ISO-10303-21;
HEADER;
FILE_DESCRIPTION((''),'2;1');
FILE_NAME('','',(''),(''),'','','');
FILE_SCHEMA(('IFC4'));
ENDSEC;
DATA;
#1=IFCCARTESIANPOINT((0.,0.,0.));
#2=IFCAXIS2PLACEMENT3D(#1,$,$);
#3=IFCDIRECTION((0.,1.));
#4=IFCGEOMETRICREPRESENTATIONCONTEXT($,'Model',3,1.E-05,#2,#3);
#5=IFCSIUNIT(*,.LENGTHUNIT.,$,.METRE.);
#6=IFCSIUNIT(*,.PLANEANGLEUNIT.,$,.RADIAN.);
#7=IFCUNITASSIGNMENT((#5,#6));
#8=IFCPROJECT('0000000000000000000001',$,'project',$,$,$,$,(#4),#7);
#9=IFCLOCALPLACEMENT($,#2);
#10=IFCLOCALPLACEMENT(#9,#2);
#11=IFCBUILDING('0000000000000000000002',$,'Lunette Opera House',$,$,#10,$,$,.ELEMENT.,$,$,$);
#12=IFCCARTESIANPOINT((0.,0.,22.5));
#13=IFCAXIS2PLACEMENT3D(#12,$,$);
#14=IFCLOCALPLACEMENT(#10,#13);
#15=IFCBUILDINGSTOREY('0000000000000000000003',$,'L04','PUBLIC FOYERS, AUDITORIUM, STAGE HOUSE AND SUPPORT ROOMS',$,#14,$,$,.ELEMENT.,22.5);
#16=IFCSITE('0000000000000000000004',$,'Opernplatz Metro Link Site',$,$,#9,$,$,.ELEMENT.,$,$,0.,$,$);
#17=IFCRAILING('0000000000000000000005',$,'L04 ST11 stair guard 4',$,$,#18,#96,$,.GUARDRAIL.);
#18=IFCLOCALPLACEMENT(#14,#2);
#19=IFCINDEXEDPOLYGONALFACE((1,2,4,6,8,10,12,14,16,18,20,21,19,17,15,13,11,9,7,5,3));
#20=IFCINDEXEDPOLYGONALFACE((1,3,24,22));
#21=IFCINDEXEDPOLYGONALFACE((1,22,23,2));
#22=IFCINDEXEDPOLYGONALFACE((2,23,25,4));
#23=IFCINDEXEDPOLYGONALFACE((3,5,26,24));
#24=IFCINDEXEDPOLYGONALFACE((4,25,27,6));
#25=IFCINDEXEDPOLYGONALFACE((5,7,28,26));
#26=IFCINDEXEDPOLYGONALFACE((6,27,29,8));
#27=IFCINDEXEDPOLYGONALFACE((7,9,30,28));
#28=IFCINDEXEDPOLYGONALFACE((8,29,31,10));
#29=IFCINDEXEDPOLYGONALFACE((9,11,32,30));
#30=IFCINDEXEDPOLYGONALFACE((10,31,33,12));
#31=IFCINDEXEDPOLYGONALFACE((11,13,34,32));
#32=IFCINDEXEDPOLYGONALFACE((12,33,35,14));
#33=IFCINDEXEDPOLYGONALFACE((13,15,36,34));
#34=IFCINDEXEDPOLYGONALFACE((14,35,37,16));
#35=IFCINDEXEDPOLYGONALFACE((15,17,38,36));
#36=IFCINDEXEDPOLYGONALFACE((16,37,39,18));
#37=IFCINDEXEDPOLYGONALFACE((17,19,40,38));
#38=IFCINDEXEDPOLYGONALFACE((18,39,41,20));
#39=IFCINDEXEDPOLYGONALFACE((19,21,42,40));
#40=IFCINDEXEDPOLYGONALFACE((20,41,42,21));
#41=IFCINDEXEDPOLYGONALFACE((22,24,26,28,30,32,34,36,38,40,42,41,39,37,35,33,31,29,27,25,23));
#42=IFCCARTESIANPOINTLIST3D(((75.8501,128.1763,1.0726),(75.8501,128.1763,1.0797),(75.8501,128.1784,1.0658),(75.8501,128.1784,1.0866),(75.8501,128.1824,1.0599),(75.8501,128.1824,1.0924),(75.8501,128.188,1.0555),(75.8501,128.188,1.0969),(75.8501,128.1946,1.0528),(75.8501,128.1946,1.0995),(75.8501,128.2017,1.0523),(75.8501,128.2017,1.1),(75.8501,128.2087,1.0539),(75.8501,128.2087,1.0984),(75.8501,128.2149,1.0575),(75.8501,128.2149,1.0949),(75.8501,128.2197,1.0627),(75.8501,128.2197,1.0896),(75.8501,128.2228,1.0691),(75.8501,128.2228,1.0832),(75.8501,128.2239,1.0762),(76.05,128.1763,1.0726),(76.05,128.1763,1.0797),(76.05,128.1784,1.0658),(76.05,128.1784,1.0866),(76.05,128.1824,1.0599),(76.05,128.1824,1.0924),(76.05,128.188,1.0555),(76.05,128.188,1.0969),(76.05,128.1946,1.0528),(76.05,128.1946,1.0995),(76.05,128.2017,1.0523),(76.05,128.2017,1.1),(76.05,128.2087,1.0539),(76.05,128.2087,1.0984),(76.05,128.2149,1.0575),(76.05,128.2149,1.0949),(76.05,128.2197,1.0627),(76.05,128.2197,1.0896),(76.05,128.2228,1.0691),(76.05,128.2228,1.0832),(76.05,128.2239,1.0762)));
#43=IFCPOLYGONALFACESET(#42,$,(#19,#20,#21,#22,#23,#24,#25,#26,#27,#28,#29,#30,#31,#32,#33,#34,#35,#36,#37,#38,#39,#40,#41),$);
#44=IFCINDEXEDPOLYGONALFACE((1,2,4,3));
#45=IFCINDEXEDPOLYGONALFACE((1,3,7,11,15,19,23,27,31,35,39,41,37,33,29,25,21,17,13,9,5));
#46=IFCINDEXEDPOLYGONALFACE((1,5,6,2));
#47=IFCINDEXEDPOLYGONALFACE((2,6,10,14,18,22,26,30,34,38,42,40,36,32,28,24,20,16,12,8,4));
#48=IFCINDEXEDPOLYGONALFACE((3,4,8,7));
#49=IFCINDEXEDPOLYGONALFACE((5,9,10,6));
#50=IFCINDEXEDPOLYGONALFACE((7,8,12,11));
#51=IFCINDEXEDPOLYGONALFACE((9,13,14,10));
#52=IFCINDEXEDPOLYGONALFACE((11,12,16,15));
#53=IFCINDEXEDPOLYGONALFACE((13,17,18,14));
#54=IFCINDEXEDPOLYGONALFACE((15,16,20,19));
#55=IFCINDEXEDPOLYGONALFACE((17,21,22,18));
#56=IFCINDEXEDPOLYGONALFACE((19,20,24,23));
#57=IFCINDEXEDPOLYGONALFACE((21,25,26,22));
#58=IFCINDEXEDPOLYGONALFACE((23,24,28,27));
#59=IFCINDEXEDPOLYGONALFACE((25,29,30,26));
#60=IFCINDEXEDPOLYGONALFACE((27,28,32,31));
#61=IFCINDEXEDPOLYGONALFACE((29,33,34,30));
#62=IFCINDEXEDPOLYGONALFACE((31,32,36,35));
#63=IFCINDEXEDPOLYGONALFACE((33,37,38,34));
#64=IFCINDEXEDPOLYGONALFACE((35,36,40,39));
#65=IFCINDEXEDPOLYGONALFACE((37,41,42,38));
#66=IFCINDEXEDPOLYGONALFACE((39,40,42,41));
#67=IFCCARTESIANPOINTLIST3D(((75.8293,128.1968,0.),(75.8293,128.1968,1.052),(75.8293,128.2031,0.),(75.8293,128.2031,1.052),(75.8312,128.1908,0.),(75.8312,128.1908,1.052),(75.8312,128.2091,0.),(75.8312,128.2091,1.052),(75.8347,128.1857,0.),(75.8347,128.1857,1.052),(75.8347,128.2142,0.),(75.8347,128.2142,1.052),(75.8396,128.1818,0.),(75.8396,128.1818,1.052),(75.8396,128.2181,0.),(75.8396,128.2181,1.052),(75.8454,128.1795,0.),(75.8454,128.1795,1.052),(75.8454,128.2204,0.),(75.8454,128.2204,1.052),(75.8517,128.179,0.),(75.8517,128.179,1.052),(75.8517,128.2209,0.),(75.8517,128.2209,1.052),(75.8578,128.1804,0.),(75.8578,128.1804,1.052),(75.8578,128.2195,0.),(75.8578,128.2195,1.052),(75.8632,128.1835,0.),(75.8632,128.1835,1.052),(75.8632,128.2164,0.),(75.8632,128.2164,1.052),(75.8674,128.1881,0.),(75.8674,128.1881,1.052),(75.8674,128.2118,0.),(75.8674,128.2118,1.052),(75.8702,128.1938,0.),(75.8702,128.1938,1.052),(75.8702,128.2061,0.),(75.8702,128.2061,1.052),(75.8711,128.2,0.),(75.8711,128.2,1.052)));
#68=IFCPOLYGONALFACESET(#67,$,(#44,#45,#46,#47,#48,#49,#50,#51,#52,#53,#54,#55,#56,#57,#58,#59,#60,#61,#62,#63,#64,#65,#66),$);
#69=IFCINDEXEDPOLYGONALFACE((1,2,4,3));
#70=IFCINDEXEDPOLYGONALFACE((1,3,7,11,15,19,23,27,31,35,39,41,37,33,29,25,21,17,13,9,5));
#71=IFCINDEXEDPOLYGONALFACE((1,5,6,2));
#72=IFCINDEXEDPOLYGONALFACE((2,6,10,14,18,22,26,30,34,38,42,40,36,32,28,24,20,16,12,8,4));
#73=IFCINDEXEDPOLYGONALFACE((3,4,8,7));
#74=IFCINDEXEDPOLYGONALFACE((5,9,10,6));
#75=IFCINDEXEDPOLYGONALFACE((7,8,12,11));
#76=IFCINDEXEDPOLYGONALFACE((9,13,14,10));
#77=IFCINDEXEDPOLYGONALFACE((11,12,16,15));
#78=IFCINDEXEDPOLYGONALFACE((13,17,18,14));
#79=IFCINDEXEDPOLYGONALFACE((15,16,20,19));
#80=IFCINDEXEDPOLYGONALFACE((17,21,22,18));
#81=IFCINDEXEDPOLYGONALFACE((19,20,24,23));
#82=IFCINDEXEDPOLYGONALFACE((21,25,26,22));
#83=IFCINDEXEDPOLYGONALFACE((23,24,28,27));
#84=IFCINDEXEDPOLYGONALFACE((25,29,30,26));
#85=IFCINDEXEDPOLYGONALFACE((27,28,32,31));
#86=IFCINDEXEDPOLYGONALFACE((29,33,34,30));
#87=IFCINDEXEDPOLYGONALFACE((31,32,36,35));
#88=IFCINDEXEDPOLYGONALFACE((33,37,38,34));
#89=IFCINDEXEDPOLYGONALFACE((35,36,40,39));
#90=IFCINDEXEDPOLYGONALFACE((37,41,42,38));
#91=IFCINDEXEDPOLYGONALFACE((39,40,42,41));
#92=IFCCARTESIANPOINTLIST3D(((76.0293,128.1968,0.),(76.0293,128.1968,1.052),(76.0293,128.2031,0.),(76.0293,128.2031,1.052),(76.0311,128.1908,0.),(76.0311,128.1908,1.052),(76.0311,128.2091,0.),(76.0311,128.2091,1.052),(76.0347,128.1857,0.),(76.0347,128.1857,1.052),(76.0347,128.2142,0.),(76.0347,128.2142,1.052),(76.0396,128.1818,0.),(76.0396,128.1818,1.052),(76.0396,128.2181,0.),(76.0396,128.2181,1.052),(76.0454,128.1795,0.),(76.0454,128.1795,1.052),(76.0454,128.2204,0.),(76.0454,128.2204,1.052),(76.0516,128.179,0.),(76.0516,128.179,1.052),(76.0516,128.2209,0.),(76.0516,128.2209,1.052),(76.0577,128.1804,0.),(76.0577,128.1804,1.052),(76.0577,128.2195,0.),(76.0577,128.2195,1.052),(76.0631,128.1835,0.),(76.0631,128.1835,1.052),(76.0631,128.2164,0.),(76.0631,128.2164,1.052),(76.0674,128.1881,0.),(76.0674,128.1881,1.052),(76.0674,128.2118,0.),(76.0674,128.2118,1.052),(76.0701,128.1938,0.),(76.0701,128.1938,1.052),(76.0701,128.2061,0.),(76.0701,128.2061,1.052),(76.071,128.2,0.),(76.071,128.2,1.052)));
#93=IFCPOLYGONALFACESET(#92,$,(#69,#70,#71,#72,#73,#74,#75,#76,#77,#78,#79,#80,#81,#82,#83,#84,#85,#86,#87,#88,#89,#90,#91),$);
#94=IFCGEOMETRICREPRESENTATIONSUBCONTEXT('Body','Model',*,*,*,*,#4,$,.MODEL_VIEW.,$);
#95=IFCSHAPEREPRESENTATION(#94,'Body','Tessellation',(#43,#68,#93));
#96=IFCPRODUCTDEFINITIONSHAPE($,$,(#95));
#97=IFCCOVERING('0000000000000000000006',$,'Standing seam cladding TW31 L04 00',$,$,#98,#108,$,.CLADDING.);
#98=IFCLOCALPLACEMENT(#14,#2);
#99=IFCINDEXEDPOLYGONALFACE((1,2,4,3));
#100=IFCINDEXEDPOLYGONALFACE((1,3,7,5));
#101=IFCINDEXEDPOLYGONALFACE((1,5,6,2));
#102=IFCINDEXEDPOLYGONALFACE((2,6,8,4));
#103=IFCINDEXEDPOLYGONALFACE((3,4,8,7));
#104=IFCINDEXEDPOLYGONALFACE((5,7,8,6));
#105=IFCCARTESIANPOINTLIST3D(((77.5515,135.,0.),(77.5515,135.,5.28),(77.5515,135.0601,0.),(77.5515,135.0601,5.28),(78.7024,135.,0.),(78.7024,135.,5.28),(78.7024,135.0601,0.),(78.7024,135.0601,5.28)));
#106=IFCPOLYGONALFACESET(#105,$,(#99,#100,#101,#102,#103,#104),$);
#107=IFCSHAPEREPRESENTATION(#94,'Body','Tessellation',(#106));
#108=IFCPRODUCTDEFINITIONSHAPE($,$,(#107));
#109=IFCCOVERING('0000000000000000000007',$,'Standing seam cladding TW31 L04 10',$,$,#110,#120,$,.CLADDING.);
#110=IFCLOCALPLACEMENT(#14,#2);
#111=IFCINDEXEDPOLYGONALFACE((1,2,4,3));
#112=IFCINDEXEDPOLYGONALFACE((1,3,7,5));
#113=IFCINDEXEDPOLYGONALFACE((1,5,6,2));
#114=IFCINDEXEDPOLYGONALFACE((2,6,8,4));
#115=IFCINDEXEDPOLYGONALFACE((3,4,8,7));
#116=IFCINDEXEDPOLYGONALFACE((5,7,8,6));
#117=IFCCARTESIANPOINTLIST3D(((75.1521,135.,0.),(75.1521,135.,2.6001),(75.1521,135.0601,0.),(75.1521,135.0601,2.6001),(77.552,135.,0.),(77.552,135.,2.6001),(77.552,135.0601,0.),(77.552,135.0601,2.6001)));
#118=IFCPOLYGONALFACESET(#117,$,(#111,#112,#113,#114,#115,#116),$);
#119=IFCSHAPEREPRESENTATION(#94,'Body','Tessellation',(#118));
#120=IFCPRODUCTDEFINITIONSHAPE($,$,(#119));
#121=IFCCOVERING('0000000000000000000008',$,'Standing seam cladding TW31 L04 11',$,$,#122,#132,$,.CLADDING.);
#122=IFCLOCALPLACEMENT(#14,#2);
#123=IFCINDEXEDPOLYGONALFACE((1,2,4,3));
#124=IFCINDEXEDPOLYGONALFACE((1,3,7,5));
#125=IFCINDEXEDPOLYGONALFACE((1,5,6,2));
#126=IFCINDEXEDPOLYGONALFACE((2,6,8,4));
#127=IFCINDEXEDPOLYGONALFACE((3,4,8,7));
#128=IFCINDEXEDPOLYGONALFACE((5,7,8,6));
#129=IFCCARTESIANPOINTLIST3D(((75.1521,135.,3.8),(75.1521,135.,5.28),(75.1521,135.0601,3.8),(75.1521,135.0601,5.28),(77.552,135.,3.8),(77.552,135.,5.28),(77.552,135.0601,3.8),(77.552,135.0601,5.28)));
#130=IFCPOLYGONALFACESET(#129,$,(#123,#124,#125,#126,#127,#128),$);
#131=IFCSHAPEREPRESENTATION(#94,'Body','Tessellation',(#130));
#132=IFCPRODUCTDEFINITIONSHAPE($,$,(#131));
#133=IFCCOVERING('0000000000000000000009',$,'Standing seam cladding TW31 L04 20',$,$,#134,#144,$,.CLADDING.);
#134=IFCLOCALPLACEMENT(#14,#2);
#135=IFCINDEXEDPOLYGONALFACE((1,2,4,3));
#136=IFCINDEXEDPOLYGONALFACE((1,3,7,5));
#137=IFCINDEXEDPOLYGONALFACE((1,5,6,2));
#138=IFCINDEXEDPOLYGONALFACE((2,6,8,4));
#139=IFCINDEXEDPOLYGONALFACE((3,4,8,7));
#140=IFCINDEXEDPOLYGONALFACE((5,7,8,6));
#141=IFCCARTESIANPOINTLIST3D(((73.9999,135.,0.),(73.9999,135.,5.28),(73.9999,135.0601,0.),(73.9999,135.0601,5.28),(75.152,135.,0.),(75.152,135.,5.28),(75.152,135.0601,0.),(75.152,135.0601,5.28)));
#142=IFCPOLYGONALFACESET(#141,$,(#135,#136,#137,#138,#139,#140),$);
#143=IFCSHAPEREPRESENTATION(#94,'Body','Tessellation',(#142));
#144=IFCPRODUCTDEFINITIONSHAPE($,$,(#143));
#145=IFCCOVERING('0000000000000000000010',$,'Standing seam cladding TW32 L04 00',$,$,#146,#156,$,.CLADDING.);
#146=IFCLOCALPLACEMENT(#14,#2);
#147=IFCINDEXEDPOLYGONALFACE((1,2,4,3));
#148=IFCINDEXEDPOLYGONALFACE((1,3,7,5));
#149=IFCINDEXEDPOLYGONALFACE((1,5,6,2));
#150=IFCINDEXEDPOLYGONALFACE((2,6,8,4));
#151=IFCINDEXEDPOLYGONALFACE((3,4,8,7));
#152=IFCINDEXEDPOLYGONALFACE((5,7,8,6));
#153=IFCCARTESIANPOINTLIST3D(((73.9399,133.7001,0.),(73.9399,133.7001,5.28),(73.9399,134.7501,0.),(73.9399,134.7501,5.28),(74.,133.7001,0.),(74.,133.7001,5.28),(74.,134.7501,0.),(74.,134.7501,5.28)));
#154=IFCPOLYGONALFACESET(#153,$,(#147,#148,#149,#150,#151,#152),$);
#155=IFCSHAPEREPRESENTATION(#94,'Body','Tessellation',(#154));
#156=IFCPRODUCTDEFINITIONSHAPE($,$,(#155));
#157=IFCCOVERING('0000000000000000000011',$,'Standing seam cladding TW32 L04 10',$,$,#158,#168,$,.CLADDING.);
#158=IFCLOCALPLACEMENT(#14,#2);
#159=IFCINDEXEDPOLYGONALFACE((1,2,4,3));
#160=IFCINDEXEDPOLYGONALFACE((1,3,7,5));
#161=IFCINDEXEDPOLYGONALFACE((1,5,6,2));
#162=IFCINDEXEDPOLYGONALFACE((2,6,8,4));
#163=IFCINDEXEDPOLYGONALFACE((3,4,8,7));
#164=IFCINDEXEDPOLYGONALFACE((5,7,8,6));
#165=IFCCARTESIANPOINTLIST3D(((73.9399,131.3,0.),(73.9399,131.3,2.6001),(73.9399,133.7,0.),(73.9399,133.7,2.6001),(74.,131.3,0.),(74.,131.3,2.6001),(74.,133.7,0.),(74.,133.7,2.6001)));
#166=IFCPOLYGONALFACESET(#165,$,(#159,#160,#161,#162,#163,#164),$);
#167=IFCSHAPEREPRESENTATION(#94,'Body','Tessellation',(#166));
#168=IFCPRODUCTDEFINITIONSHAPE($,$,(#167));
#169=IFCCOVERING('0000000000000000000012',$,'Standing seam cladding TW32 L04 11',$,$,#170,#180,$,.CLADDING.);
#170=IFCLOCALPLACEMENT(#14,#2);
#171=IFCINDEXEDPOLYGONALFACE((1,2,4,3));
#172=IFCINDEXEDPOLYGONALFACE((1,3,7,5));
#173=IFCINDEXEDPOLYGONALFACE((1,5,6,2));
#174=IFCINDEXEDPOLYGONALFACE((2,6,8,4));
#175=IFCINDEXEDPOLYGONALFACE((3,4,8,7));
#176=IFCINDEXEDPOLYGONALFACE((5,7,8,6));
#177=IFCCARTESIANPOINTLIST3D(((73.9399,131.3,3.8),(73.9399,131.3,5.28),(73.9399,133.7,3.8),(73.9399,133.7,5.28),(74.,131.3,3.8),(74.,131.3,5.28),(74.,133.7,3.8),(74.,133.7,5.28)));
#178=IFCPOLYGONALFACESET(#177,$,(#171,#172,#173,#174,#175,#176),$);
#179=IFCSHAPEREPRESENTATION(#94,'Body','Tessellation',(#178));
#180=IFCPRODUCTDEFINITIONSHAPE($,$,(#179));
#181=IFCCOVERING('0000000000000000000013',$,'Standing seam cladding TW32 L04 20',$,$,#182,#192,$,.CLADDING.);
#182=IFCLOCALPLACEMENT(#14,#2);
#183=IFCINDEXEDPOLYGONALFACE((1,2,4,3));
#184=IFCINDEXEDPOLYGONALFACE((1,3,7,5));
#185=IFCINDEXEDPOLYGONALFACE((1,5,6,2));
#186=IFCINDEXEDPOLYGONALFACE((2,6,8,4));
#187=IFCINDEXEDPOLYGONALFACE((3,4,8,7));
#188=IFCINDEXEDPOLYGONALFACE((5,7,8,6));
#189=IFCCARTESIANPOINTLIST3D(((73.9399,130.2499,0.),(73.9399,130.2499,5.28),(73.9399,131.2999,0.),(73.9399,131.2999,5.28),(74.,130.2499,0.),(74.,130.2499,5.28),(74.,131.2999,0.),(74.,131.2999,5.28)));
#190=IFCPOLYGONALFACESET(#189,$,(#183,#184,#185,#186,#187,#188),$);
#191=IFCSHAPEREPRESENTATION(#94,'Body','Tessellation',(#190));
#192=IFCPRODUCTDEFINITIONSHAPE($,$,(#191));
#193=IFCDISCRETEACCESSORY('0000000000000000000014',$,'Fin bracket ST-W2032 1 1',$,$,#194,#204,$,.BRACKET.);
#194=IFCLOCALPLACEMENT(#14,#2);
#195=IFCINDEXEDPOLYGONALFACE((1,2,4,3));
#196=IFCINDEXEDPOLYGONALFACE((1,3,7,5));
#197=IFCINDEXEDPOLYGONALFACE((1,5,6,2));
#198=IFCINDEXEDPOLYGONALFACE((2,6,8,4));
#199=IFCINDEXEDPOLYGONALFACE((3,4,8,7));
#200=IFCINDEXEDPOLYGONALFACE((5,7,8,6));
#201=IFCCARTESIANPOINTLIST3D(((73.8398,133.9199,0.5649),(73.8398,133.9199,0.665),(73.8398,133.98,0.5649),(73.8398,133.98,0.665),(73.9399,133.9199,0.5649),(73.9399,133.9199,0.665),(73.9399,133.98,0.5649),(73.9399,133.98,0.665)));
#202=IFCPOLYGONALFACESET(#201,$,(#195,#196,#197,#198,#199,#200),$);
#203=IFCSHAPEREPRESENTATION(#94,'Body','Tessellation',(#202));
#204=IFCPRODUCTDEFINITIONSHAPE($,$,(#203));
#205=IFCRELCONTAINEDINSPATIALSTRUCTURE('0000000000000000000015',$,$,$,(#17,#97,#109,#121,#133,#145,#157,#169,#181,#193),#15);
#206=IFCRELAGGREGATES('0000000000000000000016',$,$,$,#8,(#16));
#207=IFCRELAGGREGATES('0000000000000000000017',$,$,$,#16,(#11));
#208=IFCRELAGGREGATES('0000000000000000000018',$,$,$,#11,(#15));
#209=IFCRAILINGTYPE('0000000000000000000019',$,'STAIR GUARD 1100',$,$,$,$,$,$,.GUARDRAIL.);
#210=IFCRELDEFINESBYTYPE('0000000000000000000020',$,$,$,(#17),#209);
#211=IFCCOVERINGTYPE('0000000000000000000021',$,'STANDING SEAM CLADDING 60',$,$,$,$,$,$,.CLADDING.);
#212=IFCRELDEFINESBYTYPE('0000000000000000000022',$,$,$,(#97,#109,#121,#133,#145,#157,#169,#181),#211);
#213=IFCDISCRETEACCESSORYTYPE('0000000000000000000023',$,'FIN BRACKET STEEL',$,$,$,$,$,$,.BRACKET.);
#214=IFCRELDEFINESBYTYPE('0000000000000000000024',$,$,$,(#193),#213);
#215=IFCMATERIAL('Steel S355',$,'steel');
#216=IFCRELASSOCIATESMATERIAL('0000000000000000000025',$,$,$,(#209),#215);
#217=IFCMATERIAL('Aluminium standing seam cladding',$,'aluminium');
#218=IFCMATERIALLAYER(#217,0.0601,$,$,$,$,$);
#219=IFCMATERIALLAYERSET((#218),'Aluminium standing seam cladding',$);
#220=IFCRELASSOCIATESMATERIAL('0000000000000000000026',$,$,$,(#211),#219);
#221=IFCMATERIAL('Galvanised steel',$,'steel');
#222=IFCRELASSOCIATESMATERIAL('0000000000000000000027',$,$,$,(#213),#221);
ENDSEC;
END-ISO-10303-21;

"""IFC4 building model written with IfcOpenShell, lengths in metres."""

from ifc_helpers import new_model, si_unit, direction, frame, origin, origin_2d, place, context, subcontext, project, spatial, rectangle, circle, extrude, material, layer, layer_set, type_object, element, save


model = new_model("IFC4")

# Units and contexts
model_context = context("Model", 3, precision=1e-05, world=origin(), true_north=direction((0.0, 1.0)))
body_context = subcontext(model_context, "Body", "Model", "MODEL_VIEW")
ifc_project = project(units=[si_unit("LENGTHUNIT", "METRE"), si_unit("PLANEANGLEUNIT", "RADIAN")], contexts=[model_context])

# Site, building, storey
site_placement = place(None, origin())
site = spatial("IfcSite", under=ifc_project, at=site_placement, Name="Opernplatz Metro Link Site", CompositionType="ELEMENT", RefElevation=0.0)
building_placement = place(site_placement, origin())
building = spatial("IfcBuilding", under=site, at=building_placement, Name="Lunette Opera House", CompositionType="ELEMENT")
storey_placement = place(building_placement, frame((0.0, 0.0, 22.5)))
storey = spatial("IfcBuildingStorey", under=building, at=storey_placement, Name="L04", Description="PUBLIC FOYERS, AUDITORIUM, STAGE HOUSE AND SUPPORT ROOMS", CompositionType="ELEMENT", Elevation=22.5)

# Railing
ifc_material_1 = material(Name="Steel S355", Category="steel")
railing_type_1 = type_object("IfcRailingType", Name="STAIR GUARD 1100", PredefinedType="GUARDRAIL", material=ifc_material_1)
railing_1_placement = place(storey_placement, frame((75.8501, 128.2, 0.0)))
element("IfcRailing", 1, at=railing_1_placement, inside=storey, type_object=railing_type_1, Name="L04 ST11 stair guard 4", PredefinedType="GUARDRAIL", context=body_context, shape_type="SweptSolid", body=[
    extrude(circle(Radius=0.0239, at=origin_2d()), frame((0.0, 0.0, 1.0762), z_axis=(1.0, 0.0, 0.0), x_axis=(0.0, 1.0, 0.0)), (0.0, 0.0, 1.0), 0.2),
    extrude(circle(Radius=0.021, at=origin_2d()), origin(), (0.0, 0.0, 1.0), 1.052),
    extrude(circle(Radius=0.021, at=origin_2d()), frame((0.2, 0.0, 0.0)), (0.0, 0.0, 1.0), 1.052),
])

# Coverings
ifc_material_2 = material(Name="Aluminium standing seam cladding", Category="aluminium")
ifc_layer_1 = layer(ifc_material_2, 0.0601)
ifc_layer_set_1 = layer_set([ifc_layer_1], Name="Aluminium standing seam cladding")
covering_type = type_object("IfcCoveringType", Name="STANDING SEAM CLADDING 60", PredefinedType="CLADDING", material=ifc_layer_set_1)
covering_1_placement = place(storey_placement, frame((78.127, 135.03, 0.0), z_axis=(0.0, 0.0, 1.0), x_axis=(-1.0, 0.0, 0.0)))
element("IfcCovering", 2, at=covering_1_placement, inside=storey, type_object=covering_type, Name="Standing seam cladding TW31 L04 00", PredefinedType="CLADDING", context=body_context, shape_type="SweptSolid", body=[
    extrude(rectangle(XDim=1.1509, YDim=0.0601, at=origin_2d()), origin(), (0.0, 0.0, 1.0), 5.28),
])
covering_2_placement = place(storey_placement, frame((76.3521, 135.03, 0.0), z_axis=(0.0, 0.0, 1.0), x_axis=(-1.0, 0.0, 0.0)))
element("IfcCovering", 3, at=covering_2_placement, inside=storey, type_object=covering_type, Name="Standing seam cladding TW31 L04 10", PredefinedType="CLADDING", context=body_context, shape_type="SweptSolid", body=[
    extrude(rectangle(XDim=2.3999, YDim=0.0601, at=origin_2d()), origin(), (0.0, 0.0, 1.0), 2.6001),
])
covering_3_placement = place(storey_placement, frame((76.3521, 135.03, 3.8), z_axis=(0.0, 0.0, 1.0), x_axis=(-1.0, 0.0, 0.0)))
element("IfcCovering", 4, at=covering_3_placement, inside=storey, type_object=covering_type, Name="Standing seam cladding TW31 L04 11", PredefinedType="CLADDING", context=body_context, shape_type="SweptSolid", body=[
    extrude(rectangle(XDim=2.3999, YDim=0.0601, at=origin_2d()), origin(), (0.0, 0.0, 1.0), 1.48),
])
covering_4_placement = place(storey_placement, frame((74.5759, 135.03, 0.0), z_axis=(0.0, 0.0, 1.0), x_axis=(-1.0, 0.0, 0.0)))
element("IfcCovering", 5, at=covering_4_placement, inside=storey, type_object=covering_type, Name="Standing seam cladding TW31 L04 20", PredefinedType="CLADDING", context=body_context, shape_type="SweptSolid", body=[
    extrude(rectangle(XDim=1.1521, YDim=0.0601, at=origin_2d()), origin(), (0.0, 0.0, 1.0), 5.28),
])
covering_5_placement = place(storey_placement, frame((73.97, 134.2251, 0.0), z_axis=(0.0, 0.0, 1.0), x_axis=(0.0, -1.0, 0.0)))
element("IfcCovering", 6, at=covering_5_placement, inside=storey, type_object=covering_type, Name="Standing seam cladding TW32 L04 00", PredefinedType="CLADDING", context=body_context, shape_type="SweptSolid", body=[
    extrude(rectangle(XDim=1.05, YDim=0.0601, at=origin_2d()), origin(), (0.0, 0.0, 1.0), 5.28),
])
covering_6_placement = place(storey_placement, frame((73.97, 132.5, 0.0), z_axis=(0.0, 0.0, 1.0), x_axis=(0.0, -1.0, 0.0)))
element("IfcCovering", 7, at=covering_6_placement, inside=storey, type_object=covering_type, Name="Standing seam cladding TW32 L04 10", PredefinedType="CLADDING", context=body_context, shape_type="SweptSolid", body=[
    extrude(rectangle(XDim=2.3999, YDim=0.0601, at=origin_2d()), origin(), (0.0, 0.0, 1.0), 2.6001),
])
covering_7_placement = place(storey_placement, frame((73.97, 132.5, 3.8), z_axis=(0.0, 0.0, 1.0), x_axis=(0.0, -1.0, 0.0)))
element("IfcCovering", 8, at=covering_7_placement, inside=storey, type_object=covering_type, Name="Standing seam cladding TW32 L04 11", PredefinedType="CLADDING", context=body_context, shape_type="SweptSolid", body=[
    extrude(rectangle(XDim=2.3999, YDim=0.0601, at=origin_2d()), origin(), (0.0, 0.0, 1.0), 1.48),
])
covering_8_placement = place(storey_placement, frame((73.97, 130.7749, 0.0), z_axis=(0.0, 0.0, 1.0), x_axis=(0.0, -1.0, 0.0)))
element("IfcCovering", 9, at=covering_8_placement, inside=storey, type_object=covering_type, Name="Standing seam cladding TW32 L04 20", PredefinedType="CLADDING", context=body_context, shape_type="SweptSolid", body=[
    extrude(rectangle(XDim=1.05, YDim=0.0601, at=origin_2d()), origin(), (0.0, 0.0, 1.0), 5.28),
])

# Discrete accessory
ifc_material_3 = material(Name="Galvanised steel", Category="steel")
discrete_accessory_type = type_object("IfcDiscreteAccessoryType", Name="FIN BRACKET STEEL", PredefinedType="BRACKET", material=ifc_material_3)
for number, where, z_axis, x_axis, name in (
    (10, (73.8899, 133.95, 0.5649), (0.0, 0.0, 1.0), (-1.0, 0.0, 0.0), "Fin bracket ST-W2032 1 1"),
):
    element("IfcDiscreteAccessory", number, at=place(storey_placement, frame(where, z_axis=z_axis, x_axis=x_axis)), inside=storey, type_object=discrete_accessory_type, Name=name, PredefinedType="BRACKET", context=body_context, shape_type="SweptSolid", body=[
        extrude(rectangle(XDim=0.1001, YDim=0.0601, at=origin_2d()), origin(), (0.0, 0.0, 1.0), 0.1001),
    ])

save(model, "model.ifc")
